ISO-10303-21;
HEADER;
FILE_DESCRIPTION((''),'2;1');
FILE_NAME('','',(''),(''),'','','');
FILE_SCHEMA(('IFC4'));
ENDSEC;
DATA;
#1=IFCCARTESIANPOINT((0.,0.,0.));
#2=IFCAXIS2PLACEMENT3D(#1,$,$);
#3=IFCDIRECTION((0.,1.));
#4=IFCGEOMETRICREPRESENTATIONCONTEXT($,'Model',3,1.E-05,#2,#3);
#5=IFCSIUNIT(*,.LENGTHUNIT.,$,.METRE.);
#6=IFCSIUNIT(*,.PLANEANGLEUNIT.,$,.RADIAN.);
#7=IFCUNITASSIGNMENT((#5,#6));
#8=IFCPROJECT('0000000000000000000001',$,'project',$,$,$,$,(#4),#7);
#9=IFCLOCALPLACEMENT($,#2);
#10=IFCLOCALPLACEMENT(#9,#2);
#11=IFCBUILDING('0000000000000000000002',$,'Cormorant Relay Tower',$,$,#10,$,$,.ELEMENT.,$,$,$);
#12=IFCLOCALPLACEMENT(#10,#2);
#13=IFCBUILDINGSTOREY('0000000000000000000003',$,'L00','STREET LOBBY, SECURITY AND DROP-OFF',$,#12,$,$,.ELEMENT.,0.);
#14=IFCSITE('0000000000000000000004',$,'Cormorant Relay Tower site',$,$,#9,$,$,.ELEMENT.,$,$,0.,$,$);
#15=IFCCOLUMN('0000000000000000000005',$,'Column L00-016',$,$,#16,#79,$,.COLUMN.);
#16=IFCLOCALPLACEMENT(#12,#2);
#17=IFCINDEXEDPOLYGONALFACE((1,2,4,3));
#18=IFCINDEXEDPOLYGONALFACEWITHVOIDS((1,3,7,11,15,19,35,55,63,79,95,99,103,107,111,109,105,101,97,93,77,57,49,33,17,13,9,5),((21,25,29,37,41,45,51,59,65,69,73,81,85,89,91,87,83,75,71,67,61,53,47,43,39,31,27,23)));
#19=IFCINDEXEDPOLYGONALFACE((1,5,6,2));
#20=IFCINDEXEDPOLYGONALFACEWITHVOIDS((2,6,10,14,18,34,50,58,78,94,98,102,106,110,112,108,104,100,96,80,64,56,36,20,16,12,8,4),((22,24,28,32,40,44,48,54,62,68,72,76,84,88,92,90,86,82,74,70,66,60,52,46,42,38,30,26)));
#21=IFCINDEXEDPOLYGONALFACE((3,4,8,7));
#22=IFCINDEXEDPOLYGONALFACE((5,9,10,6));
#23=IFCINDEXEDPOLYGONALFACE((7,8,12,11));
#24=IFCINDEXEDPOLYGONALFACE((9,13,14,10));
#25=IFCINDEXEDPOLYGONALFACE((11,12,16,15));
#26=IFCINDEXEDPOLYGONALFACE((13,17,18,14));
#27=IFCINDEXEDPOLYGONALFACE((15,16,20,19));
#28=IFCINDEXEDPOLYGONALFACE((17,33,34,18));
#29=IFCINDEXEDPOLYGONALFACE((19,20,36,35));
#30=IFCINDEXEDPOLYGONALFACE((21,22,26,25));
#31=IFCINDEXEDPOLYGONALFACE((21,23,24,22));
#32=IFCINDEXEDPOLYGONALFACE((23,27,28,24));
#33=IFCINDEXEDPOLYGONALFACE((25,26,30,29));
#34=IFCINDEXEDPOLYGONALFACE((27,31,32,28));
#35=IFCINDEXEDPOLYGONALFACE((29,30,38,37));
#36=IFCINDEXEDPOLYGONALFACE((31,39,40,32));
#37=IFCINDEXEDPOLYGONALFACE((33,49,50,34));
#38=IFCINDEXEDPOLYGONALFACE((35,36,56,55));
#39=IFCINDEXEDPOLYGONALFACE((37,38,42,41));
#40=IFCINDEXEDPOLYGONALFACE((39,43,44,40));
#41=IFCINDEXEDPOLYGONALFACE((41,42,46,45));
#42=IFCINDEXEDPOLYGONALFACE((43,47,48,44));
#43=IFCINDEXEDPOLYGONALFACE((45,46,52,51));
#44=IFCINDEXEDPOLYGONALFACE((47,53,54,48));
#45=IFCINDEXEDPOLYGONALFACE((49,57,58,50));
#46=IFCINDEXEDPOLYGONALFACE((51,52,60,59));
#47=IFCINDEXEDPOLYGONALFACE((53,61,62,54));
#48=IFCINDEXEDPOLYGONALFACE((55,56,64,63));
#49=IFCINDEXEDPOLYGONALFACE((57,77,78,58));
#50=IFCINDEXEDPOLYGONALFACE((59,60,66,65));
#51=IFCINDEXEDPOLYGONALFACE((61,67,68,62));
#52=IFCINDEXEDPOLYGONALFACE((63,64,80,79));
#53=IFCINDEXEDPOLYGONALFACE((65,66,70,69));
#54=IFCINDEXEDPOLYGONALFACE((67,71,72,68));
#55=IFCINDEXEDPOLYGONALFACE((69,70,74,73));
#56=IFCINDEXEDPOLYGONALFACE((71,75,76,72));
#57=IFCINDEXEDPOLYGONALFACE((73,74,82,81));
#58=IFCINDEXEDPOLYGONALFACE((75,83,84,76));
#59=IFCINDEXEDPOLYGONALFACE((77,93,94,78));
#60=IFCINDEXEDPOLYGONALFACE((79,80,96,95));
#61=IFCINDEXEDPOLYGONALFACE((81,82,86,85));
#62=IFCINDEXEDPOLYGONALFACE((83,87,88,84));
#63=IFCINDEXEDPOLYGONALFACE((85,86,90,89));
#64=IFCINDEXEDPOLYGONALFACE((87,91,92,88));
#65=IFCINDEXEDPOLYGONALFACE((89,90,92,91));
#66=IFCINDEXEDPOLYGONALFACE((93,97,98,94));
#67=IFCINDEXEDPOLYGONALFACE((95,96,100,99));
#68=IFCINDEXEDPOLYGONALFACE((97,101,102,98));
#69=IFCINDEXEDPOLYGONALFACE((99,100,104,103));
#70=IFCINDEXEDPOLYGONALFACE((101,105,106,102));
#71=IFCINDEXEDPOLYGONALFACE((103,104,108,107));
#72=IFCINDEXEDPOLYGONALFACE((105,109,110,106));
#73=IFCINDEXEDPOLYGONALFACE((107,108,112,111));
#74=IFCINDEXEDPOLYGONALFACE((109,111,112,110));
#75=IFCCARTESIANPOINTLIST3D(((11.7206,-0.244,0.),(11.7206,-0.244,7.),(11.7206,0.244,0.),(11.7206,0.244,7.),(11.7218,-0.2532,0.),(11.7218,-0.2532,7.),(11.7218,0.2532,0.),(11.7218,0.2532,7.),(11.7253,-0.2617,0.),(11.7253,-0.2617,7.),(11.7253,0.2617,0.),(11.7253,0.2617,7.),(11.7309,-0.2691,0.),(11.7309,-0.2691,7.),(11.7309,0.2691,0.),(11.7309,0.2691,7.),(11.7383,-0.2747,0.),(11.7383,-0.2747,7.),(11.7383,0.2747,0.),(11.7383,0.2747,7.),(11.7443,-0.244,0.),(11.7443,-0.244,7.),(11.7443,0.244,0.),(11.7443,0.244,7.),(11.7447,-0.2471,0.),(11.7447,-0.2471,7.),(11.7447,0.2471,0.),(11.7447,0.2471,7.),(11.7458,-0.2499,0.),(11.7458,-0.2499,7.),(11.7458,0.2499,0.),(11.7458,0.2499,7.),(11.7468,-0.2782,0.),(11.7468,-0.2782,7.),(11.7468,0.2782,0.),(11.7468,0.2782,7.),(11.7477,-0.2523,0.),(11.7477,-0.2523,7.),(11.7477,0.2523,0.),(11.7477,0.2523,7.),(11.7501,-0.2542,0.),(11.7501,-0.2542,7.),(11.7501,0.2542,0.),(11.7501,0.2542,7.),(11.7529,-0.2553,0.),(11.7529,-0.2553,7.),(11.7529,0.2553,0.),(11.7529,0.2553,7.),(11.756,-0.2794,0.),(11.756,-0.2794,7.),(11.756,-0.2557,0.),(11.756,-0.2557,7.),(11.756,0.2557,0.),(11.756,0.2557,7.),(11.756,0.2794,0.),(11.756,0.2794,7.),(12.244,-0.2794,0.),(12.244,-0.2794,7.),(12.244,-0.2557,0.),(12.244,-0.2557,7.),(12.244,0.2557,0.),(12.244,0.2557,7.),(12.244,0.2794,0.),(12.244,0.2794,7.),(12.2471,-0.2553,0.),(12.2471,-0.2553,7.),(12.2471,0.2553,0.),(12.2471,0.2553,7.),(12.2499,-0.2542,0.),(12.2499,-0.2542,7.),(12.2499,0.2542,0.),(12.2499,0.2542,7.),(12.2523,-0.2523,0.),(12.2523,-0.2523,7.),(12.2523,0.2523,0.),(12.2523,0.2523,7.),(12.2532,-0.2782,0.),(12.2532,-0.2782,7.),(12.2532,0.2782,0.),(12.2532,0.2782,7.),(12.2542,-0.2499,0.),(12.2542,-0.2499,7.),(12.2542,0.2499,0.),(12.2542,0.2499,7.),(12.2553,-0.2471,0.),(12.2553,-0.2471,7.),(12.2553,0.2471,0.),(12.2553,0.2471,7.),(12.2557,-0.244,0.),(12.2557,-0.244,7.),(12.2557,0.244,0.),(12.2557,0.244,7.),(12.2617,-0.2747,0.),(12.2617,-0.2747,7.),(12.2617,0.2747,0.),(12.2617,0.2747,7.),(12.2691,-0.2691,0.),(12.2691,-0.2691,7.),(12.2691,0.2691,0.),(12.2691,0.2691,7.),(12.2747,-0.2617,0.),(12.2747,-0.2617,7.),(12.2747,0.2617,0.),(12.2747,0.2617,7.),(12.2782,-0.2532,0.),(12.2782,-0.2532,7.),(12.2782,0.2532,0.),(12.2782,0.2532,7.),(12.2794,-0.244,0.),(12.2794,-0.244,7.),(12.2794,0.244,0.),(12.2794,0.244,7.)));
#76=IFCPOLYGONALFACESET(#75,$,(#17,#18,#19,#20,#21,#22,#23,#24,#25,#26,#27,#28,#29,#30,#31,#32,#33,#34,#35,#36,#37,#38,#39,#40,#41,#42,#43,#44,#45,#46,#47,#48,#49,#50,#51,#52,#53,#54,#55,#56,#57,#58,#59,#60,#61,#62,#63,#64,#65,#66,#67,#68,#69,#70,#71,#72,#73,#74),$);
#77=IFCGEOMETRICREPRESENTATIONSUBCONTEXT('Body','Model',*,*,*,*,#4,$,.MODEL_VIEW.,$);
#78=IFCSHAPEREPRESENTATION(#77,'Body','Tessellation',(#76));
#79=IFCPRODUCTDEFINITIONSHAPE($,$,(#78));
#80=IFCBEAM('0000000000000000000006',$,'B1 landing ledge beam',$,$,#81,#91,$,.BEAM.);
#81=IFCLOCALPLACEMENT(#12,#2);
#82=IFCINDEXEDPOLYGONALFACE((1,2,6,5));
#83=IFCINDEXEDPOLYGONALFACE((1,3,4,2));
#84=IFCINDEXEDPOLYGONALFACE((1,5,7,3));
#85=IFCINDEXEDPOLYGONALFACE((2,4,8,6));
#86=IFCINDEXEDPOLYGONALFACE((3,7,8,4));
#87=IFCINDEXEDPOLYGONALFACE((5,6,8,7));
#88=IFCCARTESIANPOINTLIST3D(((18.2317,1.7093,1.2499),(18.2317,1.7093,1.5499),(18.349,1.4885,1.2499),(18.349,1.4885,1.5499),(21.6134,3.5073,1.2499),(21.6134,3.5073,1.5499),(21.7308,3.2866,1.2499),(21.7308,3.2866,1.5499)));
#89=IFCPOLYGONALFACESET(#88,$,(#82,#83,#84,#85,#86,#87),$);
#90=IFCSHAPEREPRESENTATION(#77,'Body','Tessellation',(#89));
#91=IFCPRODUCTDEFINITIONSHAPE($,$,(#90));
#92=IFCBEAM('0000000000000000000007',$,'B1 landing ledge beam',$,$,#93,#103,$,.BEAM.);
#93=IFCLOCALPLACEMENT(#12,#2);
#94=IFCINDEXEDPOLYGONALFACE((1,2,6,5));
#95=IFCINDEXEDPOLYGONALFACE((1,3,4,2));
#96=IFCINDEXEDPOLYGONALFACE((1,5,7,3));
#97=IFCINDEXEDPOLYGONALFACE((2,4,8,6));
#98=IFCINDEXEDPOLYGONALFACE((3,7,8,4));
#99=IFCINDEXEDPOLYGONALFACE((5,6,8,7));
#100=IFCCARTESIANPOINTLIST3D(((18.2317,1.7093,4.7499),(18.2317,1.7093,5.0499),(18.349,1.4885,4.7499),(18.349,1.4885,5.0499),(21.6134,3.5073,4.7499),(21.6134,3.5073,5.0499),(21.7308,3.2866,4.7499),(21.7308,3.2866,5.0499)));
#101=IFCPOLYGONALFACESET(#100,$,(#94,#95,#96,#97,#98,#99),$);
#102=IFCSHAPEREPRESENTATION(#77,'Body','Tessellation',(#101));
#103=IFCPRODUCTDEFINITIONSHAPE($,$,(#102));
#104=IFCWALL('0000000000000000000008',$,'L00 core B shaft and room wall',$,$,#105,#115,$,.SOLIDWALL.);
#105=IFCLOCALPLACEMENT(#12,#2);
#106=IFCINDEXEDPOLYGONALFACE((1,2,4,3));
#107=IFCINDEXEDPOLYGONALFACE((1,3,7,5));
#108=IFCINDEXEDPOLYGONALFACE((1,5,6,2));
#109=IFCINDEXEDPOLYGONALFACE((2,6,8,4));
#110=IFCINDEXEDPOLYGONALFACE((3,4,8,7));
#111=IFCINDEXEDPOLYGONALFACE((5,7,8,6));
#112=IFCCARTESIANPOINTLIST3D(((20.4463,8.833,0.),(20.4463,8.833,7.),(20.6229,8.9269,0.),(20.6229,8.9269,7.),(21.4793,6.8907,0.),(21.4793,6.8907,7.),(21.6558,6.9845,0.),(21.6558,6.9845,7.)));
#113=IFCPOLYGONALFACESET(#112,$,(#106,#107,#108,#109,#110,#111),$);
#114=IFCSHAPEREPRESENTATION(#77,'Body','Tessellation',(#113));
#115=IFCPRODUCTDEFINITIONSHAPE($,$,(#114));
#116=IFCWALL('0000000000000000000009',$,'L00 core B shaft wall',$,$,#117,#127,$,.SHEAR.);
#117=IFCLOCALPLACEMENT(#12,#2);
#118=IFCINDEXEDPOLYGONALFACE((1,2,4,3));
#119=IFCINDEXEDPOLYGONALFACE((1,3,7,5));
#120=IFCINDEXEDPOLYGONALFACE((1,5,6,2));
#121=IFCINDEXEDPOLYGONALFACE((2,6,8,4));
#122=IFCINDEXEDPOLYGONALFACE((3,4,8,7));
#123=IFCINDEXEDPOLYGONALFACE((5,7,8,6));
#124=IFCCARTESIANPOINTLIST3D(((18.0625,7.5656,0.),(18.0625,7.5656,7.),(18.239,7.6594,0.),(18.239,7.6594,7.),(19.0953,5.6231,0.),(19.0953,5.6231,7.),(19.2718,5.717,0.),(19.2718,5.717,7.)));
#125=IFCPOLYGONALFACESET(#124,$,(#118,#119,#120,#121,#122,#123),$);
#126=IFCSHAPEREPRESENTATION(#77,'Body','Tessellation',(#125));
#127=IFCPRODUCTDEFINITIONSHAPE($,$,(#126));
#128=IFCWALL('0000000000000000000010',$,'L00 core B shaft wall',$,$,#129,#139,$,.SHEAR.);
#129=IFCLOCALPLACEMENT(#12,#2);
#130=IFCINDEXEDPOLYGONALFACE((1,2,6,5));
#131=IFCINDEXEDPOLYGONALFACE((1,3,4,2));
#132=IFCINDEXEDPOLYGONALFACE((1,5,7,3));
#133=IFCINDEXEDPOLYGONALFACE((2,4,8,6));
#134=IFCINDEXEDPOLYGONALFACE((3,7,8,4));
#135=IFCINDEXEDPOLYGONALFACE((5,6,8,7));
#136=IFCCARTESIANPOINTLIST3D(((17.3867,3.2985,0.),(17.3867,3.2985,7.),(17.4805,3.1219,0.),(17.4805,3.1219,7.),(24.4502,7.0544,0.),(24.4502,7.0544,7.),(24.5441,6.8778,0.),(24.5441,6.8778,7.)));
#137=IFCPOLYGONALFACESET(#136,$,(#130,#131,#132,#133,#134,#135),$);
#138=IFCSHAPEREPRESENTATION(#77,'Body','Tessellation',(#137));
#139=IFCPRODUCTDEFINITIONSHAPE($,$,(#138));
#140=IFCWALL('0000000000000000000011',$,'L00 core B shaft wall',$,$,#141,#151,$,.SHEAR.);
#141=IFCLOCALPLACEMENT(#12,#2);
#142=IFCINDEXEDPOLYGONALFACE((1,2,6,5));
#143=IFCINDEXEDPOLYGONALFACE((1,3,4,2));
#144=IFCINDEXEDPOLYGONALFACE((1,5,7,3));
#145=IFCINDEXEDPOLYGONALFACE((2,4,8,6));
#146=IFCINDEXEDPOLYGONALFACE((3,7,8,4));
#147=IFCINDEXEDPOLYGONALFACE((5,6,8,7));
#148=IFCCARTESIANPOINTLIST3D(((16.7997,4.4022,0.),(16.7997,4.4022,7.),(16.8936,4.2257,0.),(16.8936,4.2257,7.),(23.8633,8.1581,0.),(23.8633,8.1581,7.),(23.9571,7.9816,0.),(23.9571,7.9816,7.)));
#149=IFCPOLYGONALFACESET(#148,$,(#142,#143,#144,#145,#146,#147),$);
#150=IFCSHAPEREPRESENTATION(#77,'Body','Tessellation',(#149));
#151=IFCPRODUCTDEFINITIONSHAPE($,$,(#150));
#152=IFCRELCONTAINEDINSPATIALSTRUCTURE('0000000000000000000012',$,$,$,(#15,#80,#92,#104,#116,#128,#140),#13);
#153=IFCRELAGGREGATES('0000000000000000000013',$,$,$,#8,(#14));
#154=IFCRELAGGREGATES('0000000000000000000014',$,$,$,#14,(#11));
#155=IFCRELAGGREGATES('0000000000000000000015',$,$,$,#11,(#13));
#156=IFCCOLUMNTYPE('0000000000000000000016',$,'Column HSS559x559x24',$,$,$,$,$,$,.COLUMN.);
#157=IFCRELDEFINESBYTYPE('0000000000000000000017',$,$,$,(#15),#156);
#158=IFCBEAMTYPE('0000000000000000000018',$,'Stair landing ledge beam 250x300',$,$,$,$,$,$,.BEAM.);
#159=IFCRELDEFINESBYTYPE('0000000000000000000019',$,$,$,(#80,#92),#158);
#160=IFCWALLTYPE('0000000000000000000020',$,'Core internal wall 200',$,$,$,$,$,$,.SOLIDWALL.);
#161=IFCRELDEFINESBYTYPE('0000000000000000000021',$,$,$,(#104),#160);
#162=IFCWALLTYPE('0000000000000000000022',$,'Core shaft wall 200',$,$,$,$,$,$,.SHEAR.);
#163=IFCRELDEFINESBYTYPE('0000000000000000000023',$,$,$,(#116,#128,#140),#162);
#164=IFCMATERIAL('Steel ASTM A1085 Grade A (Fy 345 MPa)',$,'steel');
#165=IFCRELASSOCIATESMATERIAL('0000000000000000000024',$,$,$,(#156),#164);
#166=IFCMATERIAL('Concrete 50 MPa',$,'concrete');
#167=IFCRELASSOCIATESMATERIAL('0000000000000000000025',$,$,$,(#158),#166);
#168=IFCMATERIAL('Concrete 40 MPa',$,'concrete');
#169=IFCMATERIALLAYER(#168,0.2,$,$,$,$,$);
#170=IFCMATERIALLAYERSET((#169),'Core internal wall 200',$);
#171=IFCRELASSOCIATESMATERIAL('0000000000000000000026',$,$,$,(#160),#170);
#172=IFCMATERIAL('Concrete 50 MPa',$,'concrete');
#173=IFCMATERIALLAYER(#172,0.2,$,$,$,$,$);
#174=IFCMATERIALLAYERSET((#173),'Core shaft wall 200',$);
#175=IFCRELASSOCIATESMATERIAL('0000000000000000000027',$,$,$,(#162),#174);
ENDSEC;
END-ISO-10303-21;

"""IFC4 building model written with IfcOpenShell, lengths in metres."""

from ifc_helpers import new_model, si_unit, direction, frame, frame_2d, origin, origin_2d, place, context, subcontext, project, spatial, rectangle, hollow_rectangle, extrude, material, layer, layer_set, material_profile, profile_set, type_object, element, save


model = new_model("IFC4")

# Units and contexts
model_context = context("Model", 3, precision=1e-05, world=origin(), true_north=direction((0.0, 1.0)))
body_context = subcontext(model_context, "Body", "Model", "MODEL_VIEW")
ifc_project = project(units=[si_unit("LENGTHUNIT", "METRE"), si_unit("PLANEANGLEUNIT", "RADIAN")], contexts=[model_context])

# Site, building, storey
site_placement = place(None, origin())
site = spatial("IfcSite", under=ifc_project, at=site_placement, Name="Cormorant Relay Tower site", CompositionType="ELEMENT", RefElevation=0.0)
building_placement = place(site_placement, origin())
building = spatial("IfcBuilding", under=site, at=building_placement, Name="Cormorant Relay Tower", CompositionType="ELEMENT")
storey_placement = place(building_placement, origin())
storey = spatial("IfcBuildingStorey", under=building, at=storey_placement, Name="L00", Description="STREET LOBBY, SECURITY AND DROP-OFF", CompositionType="ELEMENT", Elevation=0.0)

# Column
ifc_material_1 = material(Name="Steel ASTM A1085 Grade A (Fy 345 MPa)", Category="steel")
ifc_material_profile_1 = material_profile(ifc_material_1, hollow_rectangle(XDim=0.5588, YDim=0.5588, WallThickness=0.0237, InnerFilletRadius=0.0117, OuterFilletRadius=0.0354, at=origin_2d()), Name="HSS559x559x24")
ifc_profile_set_1 = profile_set([ifc_material_profile_1], Name="Steel ASTM A1085 Grade A (Fy 345 MPa)")
column_type = type_object("IfcColumnType", Name="Column HSS559x559x24", PredefinedType="COLUMN", material=ifc_profile_set_1)
column_placement = place(storey_placement, frame((12.0, 0.0, 0.0), z_axis=(0.0, 0.0, 1.0), x_axis=(1.0, 0.0, 0.0)))
element("IfcColumn", 1, at=column_placement, inside=storey, type_object=column_type, Name="Column L00-016", PredefinedType="COLUMN", context=body_context, shape_type="SweptSolid", body=[
    extrude(hollow_rectangle(XDim=0.5588, YDim=0.5588, WallThickness=0.0237, InnerFilletRadius=0.0117, OuterFilletRadius=0.0354, at=origin_2d()), origin(), (0.0, 0.0, 1.0), 7.0),
])

# Beams
ifc_material_2 = material(Name="Concrete 50 MPa", Category="concrete")
ifc_material_profile_2 = material_profile(ifc_material_2, rectangle(XDim=0.25, YDim=0.3, at=origin_2d()), Name="RC 250x300")
ifc_profile_set_2 = profile_set([ifc_material_profile_2], Name="Concrete 50 MPa")
beam_type = type_object("IfcBeamType", Name="Stair landing ledge beam 250x300", PredefinedType="BEAM", material=ifc_profile_set_2)
for number, where, z_axis, x_axis, name in (
    (2, (21.6721, 3.397, 1.3999), (-0.882954, -0.46946, 0.0), (0.46946, -0.882954, 0.0), "B1 landing ledge beam"),
    (3, (21.6721, 3.397, 4.8999), (-0.882954, -0.46946, 0.0), (0.46946, -0.882954, 0.0), "B1 landing ledge beam"),
):
    element("IfcBeam", number, at=place(storey_placement, frame(where, z_axis=z_axis, x_axis=x_axis)), inside=storey, type_object=beam_type, Name=name, PredefinedType="BEAM", context=body_context, shape_type="SweptSolid", body=[
        extrude(rectangle(XDim=0.25, YDim=0.3, at=origin_2d()), origin(), (0.0, 0.0, 1.0), 3.8301),
    ])

# Walls
ifc_material_3 = material(Name="Concrete 40 MPa", Category="concrete")
ifc_layer_1 = layer(ifc_material_3, 0.2)
ifc_layer_set_1 = layer_set([ifc_layer_1], Name="Core internal wall 200")
wall_type_1 = type_object("IfcWallType", Name="Core internal wall 200", PredefinedType="SOLIDWALL", material=ifc_layer_set_1)
wall_1_placement = place(storey_placement, frame((21.5676, 6.9375, 0.0), z_axis=(0.0, 0.0, 1.0), x_axis=(-0.469534, 0.882914, 0.0)))
element("IfcWall", 4, at=wall_1_placement, inside=storey, type_object=wall_type_1, Name="L00 core B shaft and room wall", PredefinedType="SOLIDWALL", context=body_context, shape_type="SweptSolid", body=[
    extrude(rectangle(XDim=2.2, YDim=0.2, at=frame_2d((1.1001, 0.0))), origin(), (0.0, 0.0, 1.0), 7.0),
])
ifc_material_4 = material(Name="Concrete 50 MPa", Category="concrete")
ifc_layer_2 = layer(ifc_material_4, 0.2)
ifc_layer_set_2 = layer_set([ifc_layer_2], Name="Core shaft wall 200")
wall_type_2 = type_object("IfcWallType", Name="Core shaft wall 200", PredefinedType="SHEAR", material=ifc_layer_set_2)
wall_2_placement = place(storey_placement, frame((19.1836, 5.6699, 0.0), z_axis=(0.0, 0.0, 1.0), x_axis=(-0.469447, 0.88296, 0.0)))
element("IfcWall", 5, at=wall_2_placement, inside=storey, type_object=wall_type_2, Name="L00 core B shaft wall", PredefinedType="SHEAR", context=body_context, shape_type="SweptSolid", body=[
    extrude(rectangle(XDim=2.2, YDim=0.2, at=frame_2d((1.1001, 0.0))), origin(), (0.0, 0.0, 1.0), 7.0),
])
for number, where, z_axis, x_axis, name in (
    (6, (17.4336, 3.2102, 0.0), (0.0, 0.0, 1.0), (0.88294, 0.469485, 0.0), "L00 core B shaft wall"),
    (7, (16.8467, 4.314, 0.0), (0.0, 0.0, 1.0), (0.88294, 0.469485, 0.0), "L00 core B shaft wall"),
):
    element("IfcWall", number, at=place(storey_placement, frame(where, z_axis=z_axis, x_axis=x_axis)), inside=storey, type_object=wall_type_2, Name=name, PredefinedType="SHEAR", context=body_context, shape_type="SweptSolid", body=[
        extrude(rectangle(XDim=8.0, YDim=0.2, at=frame_2d((4.0, 0.0))), origin(), (0.0, 0.0, 1.0), 7.0),
    ])

save(model, "model.ifc")
